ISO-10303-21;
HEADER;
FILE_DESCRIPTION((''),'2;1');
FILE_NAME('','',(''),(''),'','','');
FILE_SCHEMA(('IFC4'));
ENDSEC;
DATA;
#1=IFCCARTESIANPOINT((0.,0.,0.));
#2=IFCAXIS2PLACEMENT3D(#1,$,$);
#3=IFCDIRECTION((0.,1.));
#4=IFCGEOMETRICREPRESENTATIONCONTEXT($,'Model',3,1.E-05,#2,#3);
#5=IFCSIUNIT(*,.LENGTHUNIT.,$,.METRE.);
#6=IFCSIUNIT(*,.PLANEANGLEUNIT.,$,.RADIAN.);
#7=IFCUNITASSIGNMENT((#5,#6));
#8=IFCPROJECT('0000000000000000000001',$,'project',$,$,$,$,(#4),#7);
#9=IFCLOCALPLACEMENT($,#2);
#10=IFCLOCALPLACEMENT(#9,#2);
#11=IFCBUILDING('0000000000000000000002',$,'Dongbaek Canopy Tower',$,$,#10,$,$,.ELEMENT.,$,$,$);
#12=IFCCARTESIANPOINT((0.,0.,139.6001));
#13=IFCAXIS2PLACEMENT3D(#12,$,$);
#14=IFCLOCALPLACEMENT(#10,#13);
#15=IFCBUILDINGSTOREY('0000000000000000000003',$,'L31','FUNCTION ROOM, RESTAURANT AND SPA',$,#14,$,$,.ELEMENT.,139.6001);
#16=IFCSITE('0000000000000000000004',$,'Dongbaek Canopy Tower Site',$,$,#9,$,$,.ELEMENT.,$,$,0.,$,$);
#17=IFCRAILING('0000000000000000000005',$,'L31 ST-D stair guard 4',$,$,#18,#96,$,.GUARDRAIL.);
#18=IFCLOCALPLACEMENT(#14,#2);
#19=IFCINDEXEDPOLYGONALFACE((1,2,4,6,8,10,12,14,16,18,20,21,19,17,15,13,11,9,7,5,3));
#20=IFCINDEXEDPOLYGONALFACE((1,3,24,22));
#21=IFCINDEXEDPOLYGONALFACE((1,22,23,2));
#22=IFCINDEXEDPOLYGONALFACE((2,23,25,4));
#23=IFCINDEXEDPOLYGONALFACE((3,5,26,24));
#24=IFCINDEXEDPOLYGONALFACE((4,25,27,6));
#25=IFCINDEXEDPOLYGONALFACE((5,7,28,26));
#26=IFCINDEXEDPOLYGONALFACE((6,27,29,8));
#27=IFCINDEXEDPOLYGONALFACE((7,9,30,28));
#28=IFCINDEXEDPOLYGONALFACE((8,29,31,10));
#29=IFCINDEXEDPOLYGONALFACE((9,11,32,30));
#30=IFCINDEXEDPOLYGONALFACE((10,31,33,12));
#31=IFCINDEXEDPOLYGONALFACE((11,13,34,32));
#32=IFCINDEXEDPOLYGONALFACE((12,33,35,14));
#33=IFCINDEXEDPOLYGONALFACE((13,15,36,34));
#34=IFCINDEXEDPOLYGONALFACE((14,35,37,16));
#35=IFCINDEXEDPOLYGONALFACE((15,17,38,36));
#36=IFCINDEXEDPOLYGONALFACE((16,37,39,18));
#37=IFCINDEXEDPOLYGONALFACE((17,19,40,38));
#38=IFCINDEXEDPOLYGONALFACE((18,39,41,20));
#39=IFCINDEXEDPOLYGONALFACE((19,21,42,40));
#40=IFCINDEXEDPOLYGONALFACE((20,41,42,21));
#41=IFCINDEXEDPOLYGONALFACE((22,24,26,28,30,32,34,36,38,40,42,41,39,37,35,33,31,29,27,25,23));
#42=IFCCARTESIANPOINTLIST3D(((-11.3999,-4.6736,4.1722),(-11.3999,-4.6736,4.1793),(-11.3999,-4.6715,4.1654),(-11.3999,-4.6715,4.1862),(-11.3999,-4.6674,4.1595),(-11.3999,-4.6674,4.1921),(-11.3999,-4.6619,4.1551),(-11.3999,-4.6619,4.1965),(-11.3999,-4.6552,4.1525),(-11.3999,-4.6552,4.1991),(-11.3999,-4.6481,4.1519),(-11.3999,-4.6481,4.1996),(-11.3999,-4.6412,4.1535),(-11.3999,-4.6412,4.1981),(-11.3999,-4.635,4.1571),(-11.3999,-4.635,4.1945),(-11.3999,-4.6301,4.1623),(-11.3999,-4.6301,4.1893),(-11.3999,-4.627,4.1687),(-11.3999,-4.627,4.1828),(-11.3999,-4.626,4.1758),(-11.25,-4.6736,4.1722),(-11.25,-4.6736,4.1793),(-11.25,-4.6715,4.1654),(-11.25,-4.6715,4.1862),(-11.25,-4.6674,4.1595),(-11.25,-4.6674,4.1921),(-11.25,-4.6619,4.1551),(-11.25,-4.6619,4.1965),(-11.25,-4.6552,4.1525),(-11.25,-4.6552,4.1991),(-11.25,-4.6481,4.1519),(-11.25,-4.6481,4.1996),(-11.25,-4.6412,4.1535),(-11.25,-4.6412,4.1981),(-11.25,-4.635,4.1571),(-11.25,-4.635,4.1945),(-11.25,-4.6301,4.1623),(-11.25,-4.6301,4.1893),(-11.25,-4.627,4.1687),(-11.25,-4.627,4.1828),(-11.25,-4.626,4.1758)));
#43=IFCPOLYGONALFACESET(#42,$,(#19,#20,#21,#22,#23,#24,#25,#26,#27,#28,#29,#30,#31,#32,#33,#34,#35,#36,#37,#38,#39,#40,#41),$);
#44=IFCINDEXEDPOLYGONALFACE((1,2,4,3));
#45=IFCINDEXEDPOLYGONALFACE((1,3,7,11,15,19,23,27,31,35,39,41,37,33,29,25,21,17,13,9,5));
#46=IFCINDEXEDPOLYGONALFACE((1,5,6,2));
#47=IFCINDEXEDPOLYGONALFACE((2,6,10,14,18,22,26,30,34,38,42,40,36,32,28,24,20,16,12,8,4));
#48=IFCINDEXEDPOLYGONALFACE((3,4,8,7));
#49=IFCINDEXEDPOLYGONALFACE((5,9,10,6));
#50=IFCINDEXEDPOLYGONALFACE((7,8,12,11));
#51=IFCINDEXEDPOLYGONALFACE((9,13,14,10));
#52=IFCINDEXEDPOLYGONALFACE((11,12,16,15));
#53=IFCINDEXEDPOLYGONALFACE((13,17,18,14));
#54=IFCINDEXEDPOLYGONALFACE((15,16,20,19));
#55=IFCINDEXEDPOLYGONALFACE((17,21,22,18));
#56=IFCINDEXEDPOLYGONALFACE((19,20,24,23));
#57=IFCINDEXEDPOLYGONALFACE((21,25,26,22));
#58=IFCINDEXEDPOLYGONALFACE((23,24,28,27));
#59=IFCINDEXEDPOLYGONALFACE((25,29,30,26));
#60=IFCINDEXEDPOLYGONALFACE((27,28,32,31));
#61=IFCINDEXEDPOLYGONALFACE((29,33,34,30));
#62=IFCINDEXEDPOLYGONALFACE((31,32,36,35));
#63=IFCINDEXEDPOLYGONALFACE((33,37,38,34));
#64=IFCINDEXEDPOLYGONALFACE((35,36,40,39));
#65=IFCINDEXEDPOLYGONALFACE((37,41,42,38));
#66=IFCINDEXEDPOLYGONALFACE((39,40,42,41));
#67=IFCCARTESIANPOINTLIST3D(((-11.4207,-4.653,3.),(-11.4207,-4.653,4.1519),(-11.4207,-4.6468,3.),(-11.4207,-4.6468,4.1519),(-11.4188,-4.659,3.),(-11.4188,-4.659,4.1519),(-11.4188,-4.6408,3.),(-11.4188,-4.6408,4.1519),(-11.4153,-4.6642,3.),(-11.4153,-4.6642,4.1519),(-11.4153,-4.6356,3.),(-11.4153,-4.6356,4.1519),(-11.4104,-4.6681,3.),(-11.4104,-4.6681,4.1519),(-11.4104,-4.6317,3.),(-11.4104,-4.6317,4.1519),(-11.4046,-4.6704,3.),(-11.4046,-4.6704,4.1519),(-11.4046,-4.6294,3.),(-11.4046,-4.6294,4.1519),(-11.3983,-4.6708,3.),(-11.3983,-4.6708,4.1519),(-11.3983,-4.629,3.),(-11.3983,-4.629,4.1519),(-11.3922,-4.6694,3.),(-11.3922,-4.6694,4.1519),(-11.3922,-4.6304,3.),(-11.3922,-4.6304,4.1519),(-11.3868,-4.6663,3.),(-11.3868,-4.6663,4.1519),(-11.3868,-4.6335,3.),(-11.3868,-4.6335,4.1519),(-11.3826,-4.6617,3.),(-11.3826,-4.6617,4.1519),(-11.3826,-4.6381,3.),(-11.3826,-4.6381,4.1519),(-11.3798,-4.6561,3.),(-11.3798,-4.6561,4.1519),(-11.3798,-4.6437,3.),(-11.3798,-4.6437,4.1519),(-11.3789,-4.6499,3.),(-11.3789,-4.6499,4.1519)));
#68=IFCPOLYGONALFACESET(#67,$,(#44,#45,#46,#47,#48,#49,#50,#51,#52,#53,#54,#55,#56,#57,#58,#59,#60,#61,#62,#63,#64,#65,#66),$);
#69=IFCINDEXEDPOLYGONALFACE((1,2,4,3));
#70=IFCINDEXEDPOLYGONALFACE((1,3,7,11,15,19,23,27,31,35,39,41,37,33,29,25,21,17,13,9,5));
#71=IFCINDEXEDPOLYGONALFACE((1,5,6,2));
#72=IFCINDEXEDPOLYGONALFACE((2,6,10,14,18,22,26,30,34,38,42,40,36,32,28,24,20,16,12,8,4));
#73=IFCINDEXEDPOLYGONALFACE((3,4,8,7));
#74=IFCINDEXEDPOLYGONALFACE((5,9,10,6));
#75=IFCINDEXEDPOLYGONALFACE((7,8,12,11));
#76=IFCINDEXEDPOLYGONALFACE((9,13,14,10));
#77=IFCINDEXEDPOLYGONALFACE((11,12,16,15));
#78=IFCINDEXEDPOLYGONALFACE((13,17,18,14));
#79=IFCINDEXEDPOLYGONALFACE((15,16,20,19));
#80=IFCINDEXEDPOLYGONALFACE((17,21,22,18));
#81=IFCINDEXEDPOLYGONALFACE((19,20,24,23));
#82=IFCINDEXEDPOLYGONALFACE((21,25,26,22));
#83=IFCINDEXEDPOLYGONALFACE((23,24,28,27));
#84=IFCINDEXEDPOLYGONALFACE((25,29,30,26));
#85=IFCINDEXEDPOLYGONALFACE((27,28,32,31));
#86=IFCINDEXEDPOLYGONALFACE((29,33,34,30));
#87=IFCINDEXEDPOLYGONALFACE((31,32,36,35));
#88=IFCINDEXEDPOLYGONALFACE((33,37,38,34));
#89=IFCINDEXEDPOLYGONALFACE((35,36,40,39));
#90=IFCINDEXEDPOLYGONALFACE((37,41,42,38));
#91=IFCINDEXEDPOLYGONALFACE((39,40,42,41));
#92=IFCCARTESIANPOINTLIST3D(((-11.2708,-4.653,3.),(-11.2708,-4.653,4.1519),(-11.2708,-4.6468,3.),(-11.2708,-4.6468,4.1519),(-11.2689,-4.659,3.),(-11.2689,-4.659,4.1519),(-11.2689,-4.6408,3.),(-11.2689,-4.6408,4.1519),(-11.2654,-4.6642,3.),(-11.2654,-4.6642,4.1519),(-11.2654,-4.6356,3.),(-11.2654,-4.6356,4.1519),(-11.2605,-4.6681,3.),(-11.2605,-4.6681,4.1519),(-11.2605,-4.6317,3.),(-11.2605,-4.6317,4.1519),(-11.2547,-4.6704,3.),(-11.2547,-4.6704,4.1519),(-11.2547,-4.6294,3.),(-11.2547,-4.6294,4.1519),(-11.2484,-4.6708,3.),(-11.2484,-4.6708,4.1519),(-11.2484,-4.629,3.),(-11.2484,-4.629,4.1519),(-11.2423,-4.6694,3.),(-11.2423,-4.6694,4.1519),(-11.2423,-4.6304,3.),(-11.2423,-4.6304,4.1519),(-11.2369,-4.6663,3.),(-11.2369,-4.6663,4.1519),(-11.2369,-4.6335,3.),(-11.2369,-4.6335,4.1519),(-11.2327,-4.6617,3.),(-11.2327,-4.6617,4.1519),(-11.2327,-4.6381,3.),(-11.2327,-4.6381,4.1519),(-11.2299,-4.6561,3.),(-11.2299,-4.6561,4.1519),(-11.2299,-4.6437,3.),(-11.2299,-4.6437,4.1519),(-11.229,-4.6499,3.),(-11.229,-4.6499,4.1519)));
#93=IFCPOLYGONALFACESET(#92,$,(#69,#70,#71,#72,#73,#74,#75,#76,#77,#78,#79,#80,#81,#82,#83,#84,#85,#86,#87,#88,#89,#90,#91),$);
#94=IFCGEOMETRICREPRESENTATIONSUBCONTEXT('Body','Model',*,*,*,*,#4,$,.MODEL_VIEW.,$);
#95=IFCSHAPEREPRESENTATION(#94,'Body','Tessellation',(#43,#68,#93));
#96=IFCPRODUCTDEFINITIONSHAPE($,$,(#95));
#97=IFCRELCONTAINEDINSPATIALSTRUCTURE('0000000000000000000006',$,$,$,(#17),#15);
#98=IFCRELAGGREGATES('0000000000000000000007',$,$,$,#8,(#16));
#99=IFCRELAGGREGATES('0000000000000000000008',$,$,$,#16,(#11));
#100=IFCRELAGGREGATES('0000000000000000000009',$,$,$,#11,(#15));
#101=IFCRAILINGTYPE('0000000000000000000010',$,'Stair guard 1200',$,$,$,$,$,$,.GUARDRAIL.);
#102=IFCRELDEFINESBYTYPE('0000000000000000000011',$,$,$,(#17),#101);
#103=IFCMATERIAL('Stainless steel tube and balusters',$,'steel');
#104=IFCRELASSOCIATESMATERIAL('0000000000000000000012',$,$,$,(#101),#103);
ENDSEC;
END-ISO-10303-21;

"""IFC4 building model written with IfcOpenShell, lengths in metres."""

from ifc_helpers import new_model, si_unit, direction, frame, origin, origin_2d, place, context, subcontext, project, spatial, circle, extrude, material, type_object, element, save


model = new_model("IFC4")

# Units and contexts
model_context = context("Model", 3, precision=1e-05, world=origin(), true_north=direction((0.0, 1.0)))
body_context = subcontext(model_context, "Body", "Model", "MODEL_VIEW")
ifc_project = project(units=[si_unit("LENGTHUNIT", "METRE"), si_unit("PLANEANGLEUNIT", "RADIAN")], contexts=[model_context])

# Site, building, storey
site_placement = place(None, origin())
site = spatial("IfcSite", under=ifc_project, at=site_placement, Name="Dongbaek Canopy Tower Site", CompositionType="ELEMENT", RefElevation=0.0)
building_placement = place(site_placement, origin())
building = spatial("IfcBuilding", under=site, at=building_placement, Name="Dongbaek Canopy Tower", CompositionType="ELEMENT")
storey_placement = place(building_placement, frame((0.0, 0.0, 139.6001)))
storey = spatial("IfcBuildingStorey", under=building, at=storey_placement, Name="L31", Description="FUNCTION ROOM, RESTAURANT AND SPA", CompositionType="ELEMENT", Elevation=139.6001)

# Railing
ifc_material_1 = material(Name="Stainless steel tube and balusters", Category="steel")
railing_type_1 = type_object("IfcRailingType", Name="Stair guard 1200", PredefinedType="GUARDRAIL", material=ifc_material_1)
railing_1_placement = place(storey_placement, frame((-11.3999, -4.6499, 3.0)))
element("IfcRailing", 1, at=railing_1_placement, inside=storey, type_object=railing_type_1, Name="L31 ST-D stair guard 4", PredefinedType="GUARDRAIL", context=body_context, shape_type="SweptSolid", body=[
    extrude(circle(Radius=0.0239, at=origin_2d()), frame((0.0, 0.0, 1.1758), z_axis=(1.0, 0.0, 0.0), x_axis=(0.0, 1.0, 0.0)), (0.0, 0.0, 1.0), 0.1499),
    extrude(circle(Radius=0.021, at=origin_2d()), origin(), (0.0, 0.0, 1.0), 1.1519),
    extrude(circle(Radius=0.021, at=origin_2d()), frame((0.1499, 0.0, 0.0)), (0.0, 0.0, 1.0), 1.1519),
])

save(model, "model.ifc")
